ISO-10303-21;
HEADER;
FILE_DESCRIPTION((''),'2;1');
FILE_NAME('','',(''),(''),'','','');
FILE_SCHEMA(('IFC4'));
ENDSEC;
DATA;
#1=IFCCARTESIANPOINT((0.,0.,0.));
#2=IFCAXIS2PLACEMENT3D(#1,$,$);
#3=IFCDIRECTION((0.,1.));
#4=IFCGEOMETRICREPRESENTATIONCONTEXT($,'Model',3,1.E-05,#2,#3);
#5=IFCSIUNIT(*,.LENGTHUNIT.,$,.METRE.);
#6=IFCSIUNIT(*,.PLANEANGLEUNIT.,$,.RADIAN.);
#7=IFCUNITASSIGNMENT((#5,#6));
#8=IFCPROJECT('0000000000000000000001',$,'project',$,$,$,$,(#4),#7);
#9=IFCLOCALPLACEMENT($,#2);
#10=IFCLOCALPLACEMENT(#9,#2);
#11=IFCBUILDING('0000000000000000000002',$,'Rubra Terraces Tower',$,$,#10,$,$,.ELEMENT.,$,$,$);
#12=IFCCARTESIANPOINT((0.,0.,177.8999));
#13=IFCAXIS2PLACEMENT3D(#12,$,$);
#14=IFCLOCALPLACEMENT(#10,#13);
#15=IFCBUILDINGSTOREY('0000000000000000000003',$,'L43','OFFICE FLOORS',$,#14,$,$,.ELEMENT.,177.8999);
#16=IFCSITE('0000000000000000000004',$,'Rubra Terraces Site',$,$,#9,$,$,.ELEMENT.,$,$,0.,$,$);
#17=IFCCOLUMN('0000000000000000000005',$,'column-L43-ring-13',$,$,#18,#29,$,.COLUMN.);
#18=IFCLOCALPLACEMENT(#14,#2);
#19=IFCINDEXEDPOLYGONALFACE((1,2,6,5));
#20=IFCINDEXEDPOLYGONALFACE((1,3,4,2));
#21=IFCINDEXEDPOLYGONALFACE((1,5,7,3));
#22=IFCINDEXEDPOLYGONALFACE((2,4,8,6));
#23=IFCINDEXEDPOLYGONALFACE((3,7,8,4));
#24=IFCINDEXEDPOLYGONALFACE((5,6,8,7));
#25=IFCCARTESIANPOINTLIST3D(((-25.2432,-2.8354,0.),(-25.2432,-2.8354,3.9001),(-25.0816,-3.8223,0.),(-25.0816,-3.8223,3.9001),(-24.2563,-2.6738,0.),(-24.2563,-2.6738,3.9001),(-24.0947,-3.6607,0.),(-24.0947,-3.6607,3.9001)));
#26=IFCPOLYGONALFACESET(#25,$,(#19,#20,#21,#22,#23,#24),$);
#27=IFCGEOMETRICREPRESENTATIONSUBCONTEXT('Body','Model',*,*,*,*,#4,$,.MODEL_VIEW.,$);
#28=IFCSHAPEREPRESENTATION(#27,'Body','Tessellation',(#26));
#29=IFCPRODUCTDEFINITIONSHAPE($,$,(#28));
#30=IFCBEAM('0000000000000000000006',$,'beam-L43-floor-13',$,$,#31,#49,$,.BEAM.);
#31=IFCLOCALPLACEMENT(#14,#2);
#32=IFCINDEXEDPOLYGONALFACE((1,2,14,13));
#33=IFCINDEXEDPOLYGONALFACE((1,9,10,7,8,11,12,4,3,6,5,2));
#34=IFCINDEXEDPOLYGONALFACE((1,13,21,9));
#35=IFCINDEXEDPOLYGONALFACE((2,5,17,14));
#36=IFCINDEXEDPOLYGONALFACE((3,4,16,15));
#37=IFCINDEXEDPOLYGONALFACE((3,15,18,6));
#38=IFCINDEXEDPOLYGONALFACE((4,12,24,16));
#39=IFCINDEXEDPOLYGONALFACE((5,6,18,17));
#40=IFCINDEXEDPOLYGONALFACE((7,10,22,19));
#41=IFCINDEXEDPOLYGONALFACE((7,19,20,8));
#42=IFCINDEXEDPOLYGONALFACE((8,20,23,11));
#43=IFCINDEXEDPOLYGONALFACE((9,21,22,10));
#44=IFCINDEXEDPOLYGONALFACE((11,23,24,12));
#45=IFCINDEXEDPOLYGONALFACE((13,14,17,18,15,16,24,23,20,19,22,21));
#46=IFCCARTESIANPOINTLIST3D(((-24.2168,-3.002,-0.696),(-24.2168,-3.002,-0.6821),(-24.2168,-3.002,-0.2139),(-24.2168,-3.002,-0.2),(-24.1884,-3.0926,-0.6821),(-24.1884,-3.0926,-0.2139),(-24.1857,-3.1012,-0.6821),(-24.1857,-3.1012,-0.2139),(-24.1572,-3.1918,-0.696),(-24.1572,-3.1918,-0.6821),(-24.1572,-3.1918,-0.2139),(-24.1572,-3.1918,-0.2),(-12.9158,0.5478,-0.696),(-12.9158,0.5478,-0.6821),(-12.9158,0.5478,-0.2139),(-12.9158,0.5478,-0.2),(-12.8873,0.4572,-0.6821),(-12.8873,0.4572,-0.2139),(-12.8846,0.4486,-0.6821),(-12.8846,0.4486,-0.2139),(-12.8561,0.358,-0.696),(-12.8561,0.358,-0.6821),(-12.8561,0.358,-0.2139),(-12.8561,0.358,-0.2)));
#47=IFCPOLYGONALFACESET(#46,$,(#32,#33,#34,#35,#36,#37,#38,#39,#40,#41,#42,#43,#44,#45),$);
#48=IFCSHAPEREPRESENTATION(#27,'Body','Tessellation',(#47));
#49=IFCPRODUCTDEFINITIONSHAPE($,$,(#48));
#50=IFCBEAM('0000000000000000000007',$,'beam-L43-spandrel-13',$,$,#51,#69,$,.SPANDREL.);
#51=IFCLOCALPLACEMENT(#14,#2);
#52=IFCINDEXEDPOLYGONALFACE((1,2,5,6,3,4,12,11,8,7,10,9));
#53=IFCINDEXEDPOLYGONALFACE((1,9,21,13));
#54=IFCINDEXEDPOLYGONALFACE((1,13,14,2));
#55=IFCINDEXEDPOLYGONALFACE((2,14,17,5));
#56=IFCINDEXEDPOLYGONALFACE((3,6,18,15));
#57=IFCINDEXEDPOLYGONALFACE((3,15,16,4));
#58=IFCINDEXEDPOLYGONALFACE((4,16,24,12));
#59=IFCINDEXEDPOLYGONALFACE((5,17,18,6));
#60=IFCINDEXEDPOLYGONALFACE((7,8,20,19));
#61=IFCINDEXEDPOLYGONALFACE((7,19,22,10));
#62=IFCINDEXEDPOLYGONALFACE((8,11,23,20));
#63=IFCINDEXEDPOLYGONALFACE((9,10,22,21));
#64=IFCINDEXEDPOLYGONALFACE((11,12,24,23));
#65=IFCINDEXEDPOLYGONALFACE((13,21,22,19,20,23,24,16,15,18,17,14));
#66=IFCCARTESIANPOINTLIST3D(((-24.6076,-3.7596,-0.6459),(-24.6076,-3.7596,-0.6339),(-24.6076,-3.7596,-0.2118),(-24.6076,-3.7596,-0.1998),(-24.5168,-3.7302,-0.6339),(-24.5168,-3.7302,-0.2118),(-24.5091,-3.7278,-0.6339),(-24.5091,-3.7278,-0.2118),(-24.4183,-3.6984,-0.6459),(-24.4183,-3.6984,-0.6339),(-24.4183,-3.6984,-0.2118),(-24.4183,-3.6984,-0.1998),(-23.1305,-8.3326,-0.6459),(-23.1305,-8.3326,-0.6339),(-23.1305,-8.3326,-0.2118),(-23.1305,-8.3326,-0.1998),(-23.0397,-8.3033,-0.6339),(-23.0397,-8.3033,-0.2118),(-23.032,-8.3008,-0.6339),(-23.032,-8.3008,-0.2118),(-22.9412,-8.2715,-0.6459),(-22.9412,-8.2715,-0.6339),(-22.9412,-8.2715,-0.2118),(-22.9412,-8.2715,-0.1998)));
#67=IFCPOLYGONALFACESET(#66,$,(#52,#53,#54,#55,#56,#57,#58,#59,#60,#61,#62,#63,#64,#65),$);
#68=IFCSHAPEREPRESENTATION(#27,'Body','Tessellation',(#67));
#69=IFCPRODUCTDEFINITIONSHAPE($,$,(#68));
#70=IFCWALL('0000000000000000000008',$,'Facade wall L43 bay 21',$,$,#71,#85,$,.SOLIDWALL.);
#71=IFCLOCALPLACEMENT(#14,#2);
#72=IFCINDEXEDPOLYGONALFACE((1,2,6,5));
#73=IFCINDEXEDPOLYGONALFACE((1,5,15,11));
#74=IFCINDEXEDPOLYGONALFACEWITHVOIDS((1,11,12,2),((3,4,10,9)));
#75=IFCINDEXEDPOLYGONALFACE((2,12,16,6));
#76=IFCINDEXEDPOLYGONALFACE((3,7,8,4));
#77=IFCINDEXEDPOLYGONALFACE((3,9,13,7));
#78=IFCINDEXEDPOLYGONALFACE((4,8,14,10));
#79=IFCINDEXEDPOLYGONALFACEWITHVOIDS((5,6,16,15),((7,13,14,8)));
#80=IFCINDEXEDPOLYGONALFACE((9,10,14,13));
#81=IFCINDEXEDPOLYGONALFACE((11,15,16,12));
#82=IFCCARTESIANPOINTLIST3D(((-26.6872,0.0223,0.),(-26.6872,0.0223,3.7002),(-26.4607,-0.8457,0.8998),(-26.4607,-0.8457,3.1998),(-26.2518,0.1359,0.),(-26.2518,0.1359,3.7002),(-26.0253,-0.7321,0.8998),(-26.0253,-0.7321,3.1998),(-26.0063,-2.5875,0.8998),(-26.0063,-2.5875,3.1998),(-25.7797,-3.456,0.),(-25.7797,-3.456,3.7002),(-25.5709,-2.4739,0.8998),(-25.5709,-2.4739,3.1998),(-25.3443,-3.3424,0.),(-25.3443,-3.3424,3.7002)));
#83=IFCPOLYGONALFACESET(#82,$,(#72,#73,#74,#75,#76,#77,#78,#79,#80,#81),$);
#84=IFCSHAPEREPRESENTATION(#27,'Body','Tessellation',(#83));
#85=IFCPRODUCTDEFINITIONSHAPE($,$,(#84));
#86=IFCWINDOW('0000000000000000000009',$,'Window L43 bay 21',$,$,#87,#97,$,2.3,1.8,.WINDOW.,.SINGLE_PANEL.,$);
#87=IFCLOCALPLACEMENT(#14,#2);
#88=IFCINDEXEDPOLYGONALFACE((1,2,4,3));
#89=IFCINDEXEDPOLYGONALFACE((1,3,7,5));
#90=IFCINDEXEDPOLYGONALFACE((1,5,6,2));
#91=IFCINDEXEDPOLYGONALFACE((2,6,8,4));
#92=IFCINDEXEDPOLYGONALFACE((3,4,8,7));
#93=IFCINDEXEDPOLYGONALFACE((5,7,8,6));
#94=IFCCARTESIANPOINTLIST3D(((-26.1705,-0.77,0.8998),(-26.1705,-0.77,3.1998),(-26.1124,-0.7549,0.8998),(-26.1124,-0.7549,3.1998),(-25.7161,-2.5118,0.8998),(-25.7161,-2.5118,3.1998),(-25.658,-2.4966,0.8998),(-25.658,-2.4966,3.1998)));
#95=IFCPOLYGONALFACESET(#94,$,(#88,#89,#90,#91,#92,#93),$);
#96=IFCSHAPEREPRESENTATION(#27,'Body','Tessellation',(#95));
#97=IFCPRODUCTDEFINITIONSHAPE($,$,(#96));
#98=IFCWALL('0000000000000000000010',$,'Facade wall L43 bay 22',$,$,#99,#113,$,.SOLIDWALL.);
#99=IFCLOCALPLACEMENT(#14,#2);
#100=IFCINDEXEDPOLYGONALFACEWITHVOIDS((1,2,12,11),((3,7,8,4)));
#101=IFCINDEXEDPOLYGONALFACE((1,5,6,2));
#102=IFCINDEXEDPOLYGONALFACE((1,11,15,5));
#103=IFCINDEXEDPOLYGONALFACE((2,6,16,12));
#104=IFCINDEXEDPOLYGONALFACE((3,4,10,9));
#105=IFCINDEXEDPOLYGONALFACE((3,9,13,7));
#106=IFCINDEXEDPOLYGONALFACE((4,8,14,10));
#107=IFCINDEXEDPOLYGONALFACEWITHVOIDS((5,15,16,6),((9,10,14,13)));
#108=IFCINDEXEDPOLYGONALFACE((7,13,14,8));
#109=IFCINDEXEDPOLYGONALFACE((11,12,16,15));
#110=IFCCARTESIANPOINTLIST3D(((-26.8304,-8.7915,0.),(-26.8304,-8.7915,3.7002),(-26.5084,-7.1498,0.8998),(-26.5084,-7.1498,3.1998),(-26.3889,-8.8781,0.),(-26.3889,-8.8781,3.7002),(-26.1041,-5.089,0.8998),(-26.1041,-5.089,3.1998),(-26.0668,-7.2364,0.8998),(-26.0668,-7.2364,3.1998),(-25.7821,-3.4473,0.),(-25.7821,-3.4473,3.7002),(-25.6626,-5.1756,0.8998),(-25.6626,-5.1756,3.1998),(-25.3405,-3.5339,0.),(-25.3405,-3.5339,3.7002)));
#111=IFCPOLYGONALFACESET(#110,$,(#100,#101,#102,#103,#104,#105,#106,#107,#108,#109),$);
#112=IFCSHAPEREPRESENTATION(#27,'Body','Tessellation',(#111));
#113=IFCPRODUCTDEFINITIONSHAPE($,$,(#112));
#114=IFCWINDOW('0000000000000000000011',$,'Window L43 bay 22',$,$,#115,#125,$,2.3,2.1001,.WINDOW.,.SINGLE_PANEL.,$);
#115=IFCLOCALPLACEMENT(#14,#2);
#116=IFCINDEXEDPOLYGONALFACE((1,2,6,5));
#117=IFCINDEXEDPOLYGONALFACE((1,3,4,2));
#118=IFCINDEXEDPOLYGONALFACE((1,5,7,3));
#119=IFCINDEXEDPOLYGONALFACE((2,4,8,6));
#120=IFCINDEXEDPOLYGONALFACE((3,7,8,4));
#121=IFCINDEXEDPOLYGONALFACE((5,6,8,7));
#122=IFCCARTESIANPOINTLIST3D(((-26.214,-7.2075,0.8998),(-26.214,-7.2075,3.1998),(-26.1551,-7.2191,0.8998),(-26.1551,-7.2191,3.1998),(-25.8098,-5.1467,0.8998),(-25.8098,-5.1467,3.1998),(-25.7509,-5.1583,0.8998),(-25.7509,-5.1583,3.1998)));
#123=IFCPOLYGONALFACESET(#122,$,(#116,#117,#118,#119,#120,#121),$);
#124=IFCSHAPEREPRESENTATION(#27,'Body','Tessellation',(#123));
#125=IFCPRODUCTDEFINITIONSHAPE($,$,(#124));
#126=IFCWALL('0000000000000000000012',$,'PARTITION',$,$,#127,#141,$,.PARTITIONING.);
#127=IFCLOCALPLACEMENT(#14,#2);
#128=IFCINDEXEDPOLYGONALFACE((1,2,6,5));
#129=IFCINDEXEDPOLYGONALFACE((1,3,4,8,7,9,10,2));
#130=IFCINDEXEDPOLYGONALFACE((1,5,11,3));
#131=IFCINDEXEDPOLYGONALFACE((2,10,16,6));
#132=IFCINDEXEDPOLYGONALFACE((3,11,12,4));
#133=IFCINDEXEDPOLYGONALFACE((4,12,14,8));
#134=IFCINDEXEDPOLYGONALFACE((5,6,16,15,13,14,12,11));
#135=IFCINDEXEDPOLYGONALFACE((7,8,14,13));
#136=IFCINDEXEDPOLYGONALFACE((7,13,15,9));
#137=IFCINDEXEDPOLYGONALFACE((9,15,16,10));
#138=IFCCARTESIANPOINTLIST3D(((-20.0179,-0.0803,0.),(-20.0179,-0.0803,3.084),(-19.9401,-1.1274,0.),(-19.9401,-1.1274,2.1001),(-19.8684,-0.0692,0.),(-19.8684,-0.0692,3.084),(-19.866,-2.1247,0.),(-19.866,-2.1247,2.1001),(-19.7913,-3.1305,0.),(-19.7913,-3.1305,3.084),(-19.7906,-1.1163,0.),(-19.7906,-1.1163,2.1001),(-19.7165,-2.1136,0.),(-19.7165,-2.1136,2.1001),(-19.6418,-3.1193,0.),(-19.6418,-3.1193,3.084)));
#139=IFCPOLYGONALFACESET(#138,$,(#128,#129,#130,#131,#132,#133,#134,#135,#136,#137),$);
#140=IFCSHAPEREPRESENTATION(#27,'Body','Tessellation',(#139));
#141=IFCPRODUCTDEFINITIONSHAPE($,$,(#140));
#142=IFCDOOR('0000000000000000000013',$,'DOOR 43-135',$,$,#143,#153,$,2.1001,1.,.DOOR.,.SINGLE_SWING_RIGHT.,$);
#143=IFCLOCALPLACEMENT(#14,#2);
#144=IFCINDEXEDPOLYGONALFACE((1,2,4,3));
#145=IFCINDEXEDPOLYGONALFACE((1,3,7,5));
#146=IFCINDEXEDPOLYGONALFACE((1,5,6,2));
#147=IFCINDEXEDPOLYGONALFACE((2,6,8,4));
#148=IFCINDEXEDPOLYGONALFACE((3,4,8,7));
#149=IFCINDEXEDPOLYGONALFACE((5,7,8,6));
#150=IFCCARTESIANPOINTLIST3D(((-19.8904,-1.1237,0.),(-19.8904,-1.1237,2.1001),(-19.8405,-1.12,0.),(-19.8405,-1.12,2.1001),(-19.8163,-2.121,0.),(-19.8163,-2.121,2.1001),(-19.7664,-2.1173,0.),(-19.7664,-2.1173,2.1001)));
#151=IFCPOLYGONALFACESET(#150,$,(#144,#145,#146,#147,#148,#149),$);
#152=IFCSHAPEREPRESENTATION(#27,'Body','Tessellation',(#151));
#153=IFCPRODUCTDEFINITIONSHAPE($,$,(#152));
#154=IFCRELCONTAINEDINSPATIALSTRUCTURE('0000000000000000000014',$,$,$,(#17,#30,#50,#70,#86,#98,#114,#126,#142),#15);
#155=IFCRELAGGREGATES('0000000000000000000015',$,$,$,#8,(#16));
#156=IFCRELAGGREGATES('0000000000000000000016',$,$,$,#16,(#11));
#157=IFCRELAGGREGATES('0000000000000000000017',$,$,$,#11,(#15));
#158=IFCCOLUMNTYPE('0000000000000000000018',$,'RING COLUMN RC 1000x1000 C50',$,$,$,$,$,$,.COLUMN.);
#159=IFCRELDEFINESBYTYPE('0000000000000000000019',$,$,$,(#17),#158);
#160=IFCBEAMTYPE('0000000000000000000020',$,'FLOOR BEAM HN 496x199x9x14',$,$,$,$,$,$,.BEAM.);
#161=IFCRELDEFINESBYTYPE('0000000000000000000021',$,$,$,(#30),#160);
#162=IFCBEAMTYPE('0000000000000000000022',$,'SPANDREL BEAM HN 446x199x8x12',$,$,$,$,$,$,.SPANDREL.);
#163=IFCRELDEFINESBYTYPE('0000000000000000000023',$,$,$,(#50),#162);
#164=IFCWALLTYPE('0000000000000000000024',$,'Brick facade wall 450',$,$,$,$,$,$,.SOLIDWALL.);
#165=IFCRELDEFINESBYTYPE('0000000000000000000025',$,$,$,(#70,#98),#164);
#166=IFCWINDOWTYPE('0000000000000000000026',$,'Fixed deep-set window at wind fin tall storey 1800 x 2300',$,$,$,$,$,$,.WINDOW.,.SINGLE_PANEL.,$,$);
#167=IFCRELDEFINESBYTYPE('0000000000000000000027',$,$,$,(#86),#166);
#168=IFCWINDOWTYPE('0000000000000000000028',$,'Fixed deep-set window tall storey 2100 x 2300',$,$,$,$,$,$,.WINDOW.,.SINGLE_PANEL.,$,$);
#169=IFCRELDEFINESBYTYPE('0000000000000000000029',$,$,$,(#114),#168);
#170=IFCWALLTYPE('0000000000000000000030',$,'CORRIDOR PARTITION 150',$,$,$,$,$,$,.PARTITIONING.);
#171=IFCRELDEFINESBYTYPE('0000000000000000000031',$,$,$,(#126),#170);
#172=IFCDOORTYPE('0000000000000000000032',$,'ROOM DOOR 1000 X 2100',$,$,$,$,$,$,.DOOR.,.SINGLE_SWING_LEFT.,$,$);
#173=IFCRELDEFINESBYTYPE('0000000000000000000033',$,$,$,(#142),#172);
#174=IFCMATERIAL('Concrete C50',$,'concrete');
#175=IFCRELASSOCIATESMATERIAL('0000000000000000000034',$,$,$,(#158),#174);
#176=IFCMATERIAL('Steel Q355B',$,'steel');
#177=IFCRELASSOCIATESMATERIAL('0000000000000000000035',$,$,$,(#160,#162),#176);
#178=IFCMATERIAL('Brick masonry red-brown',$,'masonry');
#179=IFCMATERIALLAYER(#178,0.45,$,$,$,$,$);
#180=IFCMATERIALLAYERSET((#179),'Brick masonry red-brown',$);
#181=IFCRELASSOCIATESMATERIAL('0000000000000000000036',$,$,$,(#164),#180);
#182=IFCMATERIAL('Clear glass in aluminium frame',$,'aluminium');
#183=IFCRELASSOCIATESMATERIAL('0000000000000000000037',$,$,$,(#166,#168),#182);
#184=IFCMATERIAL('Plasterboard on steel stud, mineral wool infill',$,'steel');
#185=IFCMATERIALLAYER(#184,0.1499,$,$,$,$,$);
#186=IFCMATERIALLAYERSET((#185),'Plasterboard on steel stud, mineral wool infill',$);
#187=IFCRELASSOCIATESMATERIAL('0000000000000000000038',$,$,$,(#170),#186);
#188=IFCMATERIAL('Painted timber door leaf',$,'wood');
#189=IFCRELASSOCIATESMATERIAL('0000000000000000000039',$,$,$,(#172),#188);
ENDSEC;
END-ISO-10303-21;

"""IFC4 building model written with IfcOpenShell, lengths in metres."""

from ifc_helpers import new_model, si_unit, direction, frame, frame_2d, origin, origin_2d, place, context, subcontext, project, spatial, rectangle, i_section, extrude, material, layer, layer_set, material_profile, profile_set, type_object, element, fill, save


model = new_model("IFC4")

# Units and contexts
model_context = context("Model", 3, precision=1e-05, world=origin(), true_north=direction((0.0, 1.0)))
body_context = subcontext(model_context, "Body", "Model", "MODEL_VIEW")
ifc_project = project(units=[si_unit("LENGTHUNIT", "METRE"), si_unit("PLANEANGLEUNIT", "RADIAN")], contexts=[model_context])

# Site, building, storey
site_placement = place(None, origin())
site = spatial("IfcSite", under=ifc_project, at=site_placement, Name="Rubra Terraces Site", CompositionType="ELEMENT", RefElevation=0.0)
building_placement = place(site_placement, origin())
building = spatial("IfcBuilding", under=site, at=building_placement, Name="Rubra Terraces Tower", CompositionType="ELEMENT")
storey_placement = place(building_placement, frame((0.0, 0.0, 177.8999)))
storey = spatial("IfcBuildingStorey", under=building, at=storey_placement, Name="L43", Description="OFFICE FLOORS", CompositionType="ELEMENT", Elevation=177.8999)

# Column
ifc_material_1 = material(Name="Concrete C50", Category="concrete")
ifc_material_profile_1 = material_profile(ifc_material_1, rectangle(XDim=1.0, YDim=1.0, at=origin_2d()), Name="RC 1000x1000")
ifc_profile_set_1 = profile_set([ifc_material_profile_1], Name="Concrete C50")
column_type = type_object("IfcColumnType", Name="RING COLUMN RC 1000x1000 C50", PredefinedType="COLUMN", material=ifc_profile_set_1)
column_placement = place(storey_placement, frame((-24.6689, -3.248, 0.0), z_axis=(0.0, 0.0, 1.0), x_axis=(0.161559, -0.986863, 0.0)))
element("IfcColumn", 1, at=column_placement, inside=storey, type_object=column_type, Name="column-L43-ring-13", PredefinedType="COLUMN", context=body_context, shape_type="SweptSolid", body=[
    extrude(rectangle(XDim=1.0, YDim=1.0, at=origin_2d()), origin(), (0.0, 0.0, 1.0), 3.9001),
])

# Beams
ifc_material_2 = material(Name="Steel Q355B", Category="steel")
ifc_material_profile_2 = material_profile(ifc_material_2, i_section(OverallWidth=0.199, OverallDepth=0.4961, WebThickness=0.009, FlangeThickness=0.0139, at=origin_2d()), Name="HN 496x199x9x14")
ifc_profile_set_2 = profile_set([ifc_material_profile_2], Name="Steel Q355B")
beam_type_1 = type_object("IfcBeamType", Name="FLOOR BEAM HN 496x199x9x14", PredefinedType="BEAM", material=ifc_profile_set_2)
beam_1_placement = place(storey_placement, frame((-24.187, -3.0969, -0.448), z_axis=(0.954041, 0.299677, 0.0), x_axis=(-0.299677, 0.954041, 0.0)))
element("IfcBeam", 2, at=beam_1_placement, inside=storey, type_object=beam_type_1, Name="beam-L43-floor-13", PredefinedType="BEAM", context=body_context, shape_type="SweptSolid", body=[
    extrude(i_section(OverallWidth=0.199, OverallDepth=0.4961, WebThickness=0.009, FlangeThickness=0.0139, at=origin_2d()), origin(), (0.0, 0.0, 1.0), 11.8455),
])
ifc_material_profile_3 = material_profile(ifc_material_2, i_section(OverallWidth=0.199, OverallDepth=0.446, WebThickness=0.0081, FlangeThickness=0.012, at=origin_2d()), Name="HN 446x199x8x12")
ifc_profile_set_3 = profile_set([ifc_material_profile_3], Name="Steel Q355B")
beam_type_2 = type_object("IfcBeamType", Name="SPANDREL BEAM HN 446x199x8x12", PredefinedType="SPANDREL", material=ifc_profile_set_3)
beam_2_placement = place(storey_placement, frame((-24.5129, -3.729, -0.4229), z_axis=(0.307359, -0.951594, 0.0), x_axis=(0.951594, 0.307359, 0.0)))
element("IfcBeam", 3, at=beam_2_placement, inside=storey, type_object=beam_type_2, Name="beam-L43-spandrel-13", PredefinedType="SPANDREL", context=body_context, shape_type="SweptSolid", body=[
    extrude(i_section(OverallWidth=0.199, OverallDepth=0.446, WebThickness=0.0081, FlangeThickness=0.012, at=origin_2d()), origin(), (0.0, 0.0, 1.0), 4.8057),
])

# Walls, openings, windows
ifc_material_3 = material(Name="Brick masonry red-brown", Category="masonry")
ifc_layer_1 = layer(ifc_material_3, 0.45)
ifc_layer_set_1 = layer_set([ifc_layer_1], Name="Brick masonry red-brown")
wall_type_1 = type_object("IfcWallType", Name="Brick facade wall 450", PredefinedType="SOLIDWALL", material=ifc_layer_set_1)
wall_1_placement = place(storey_placement, frame((-26.4695, 0.0791, 0.0), z_axis=(0.0, 0.0, 1.0), x_axis=(0.252447, -0.967611, 0.0)))
wall_1 = element("IfcWall", 4, at=wall_1_placement, inside=storey, type_object=wall_type_1, Name="Facade wall L43 bay 21", PredefinedType="SOLIDWALL", context=body_context, shape_type="SweptSolid", body=[
    extrude(rectangle(XDim=3.5947, YDim=0.45, at=frame_2d((1.7974, 0.0))), origin(), (0.0, 0.0, 1.0), 3.7002),
])
opening_1_placement = place(wall_1_placement, frame((0.8972, 0.0, 0.8999)))
opening_1 = element("IfcOpeningElement", 5, at=opening_1_placement, cuts=wall_1, PredefinedType="OPENING", context=body_context, shape_type="SweptSolid", body=[
    extrude(rectangle(XDim=1.8, YDim=2.3, at=frame_2d((0.8999, 1.1499))), frame((0.0, 0.2349, 0.0), z_axis=(0.0, -1.0, 0.0), x_axis=(1.0, 0.0, 0.0)), (0.0, 0.0, 1.0), 0.47),
])
ifc_material_4 = material(Name="Clear glass in aluminium frame", Category="aluminium")
window_type_1 = type_object("IfcWindowType", Name="Fixed deep-set window at wind fin tall storey 1800 x 2300", PartitioningType="SINGLE_PANEL", PredefinedType="WINDOW", material=ifc_material_4)
window_1_placement = place(opening_1_placement, origin())
window_1 = element("IfcWindow", 6, at=window_1_placement, inside=storey, type_object=window_type_1, Name="Window L43 bay 21", OverallHeight=2.3, OverallWidth=1.8, PartitioningType="SINGLE_PANEL", PredefinedType="WINDOW", context=body_context, shape_type="SweptSolid", body=[
    extrude(rectangle(XDim=1.8, YDim=2.3, at=frame_2d((0.8999, 1.1499))), frame((0.0, 0.135, 0.0), z_axis=(0.0, -1.0, 0.0), x_axis=(1.0, 0.0, 0.0)), (0.0, 0.0, 1.0), 0.0601),
])
fill(opening_1, window_1)
wall_2_placement = place(storey_placement, frame((-25.5613, -3.4905, 0.0), z_axis=(0.0, 0.0, 1.0), x_axis=(-0.192494, -0.981298, 0.0)))
wall_2 = element("IfcWall", 7, at=wall_2_placement, inside=storey, type_object=wall_type_1, Name="Facade wall L43 bay 22", PredefinedType="SOLIDWALL", context=body_context, shape_type="SweptSolid", body=[
    extrude(rectangle(XDim=5.446, YDim=0.45, at=frame_2d((2.7231, 0.0))), origin(), (0.0, 0.0, 1.0), 3.7002),
])
opening_2_placement = place(wall_2_placement, frame((1.6731, 0.0, 0.8999)))
opening_2 = element("IfcOpeningElement", 8, at=opening_2_placement, cuts=wall_2, PredefinedType="OPENING", context=body_context, shape_type="SweptSolid", body=[
    extrude(rectangle(XDim=2.1001, YDim=2.3, at=frame_2d((1.05, 1.1499))), frame((0.0, 0.2349, 0.0), z_axis=(0.0, -1.0, 0.0), x_axis=(1.0, 0.0, 0.0)), (0.0, 0.0, 1.0), 0.47),
])
window_type_2 = type_object("IfcWindowType", Name="Fixed deep-set window tall storey 2100 x 2300", PartitioningType="SINGLE_PANEL", PredefinedType="WINDOW", material=ifc_material_4)
window_2_placement = place(opening_2_placement, origin())
window_2 = element("IfcWindow", 9, at=window_2_placement, inside=storey, type_object=window_type_2, Name="Window L43 bay 22", OverallHeight=2.3, OverallWidth=2.1001, PartitioningType="SINGLE_PANEL", PredefinedType="WINDOW", context=body_context, shape_type="SweptSolid", body=[
    extrude(rectangle(XDim=2.1001, YDim=2.3, at=frame_2d((1.05, 1.1499))), frame((0.0, 0.135, 0.0), z_axis=(0.0, -1.0, 0.0), x_axis=(1.0, 0.0, 0.0)), (0.0, 0.0, 1.0), 0.0601),
])
fill(opening_2, window_2)

# Wall, opening, door
ifc_material_5 = material(Name="Plasterboard on steel stud, mineral wool infill", Category="steel")
ifc_layer_2 = layer(ifc_material_5, 0.1499)
ifc_layer_set_2 = layer_set([ifc_layer_2], Name="Plasterboard on steel stud, mineral wool infill")
wall_type_2 = type_object("IfcWallType", Name="CORRIDOR PARTITION 150", PredefinedType="PARTITIONING", material=ifc_layer_set_2)
wall_3_placement = place(storey_placement, frame((-19.9431, -0.0747, 0.0), z_axis=(0.0, 0.0, 1.0), x_axis=(0.074072, -0.997253, 0.0)))
wall_3 = element("IfcWall", 10, at=wall_3_placement, inside=storey, type_object=wall_type_2, Name="PARTITION", PredefinedType="PARTITIONING", context=body_context, shape_type="SweptSolid", body=[
    extrude(rectangle(XDim=3.0586, YDim=0.1499, at=frame_2d((1.5293, 0.0))), origin(), (0.0, 0.0, 1.0), 3.084),
])
opening_3_placement = place(wall_3_placement, frame((1.05, 0.0, 0.0)))
opening_3 = element("IfcOpeningElement", 11, at=opening_3_placement, cuts=wall_3, PredefinedType="OPENING", context=body_context, shape_type="SweptSolid", body=[
    extrude(rectangle(XDim=1.0, YDim=2.1001, at=frame_2d((0.5, 1.05))), frame((0.0, 0.085, 0.0), z_axis=(0.0, -1.0, 0.0), x_axis=(1.0, 0.0, 0.0)), (0.0, 0.0, 1.0), 0.1699),
])
ifc_material_6 = material(Name="Painted timber door leaf", Category="wood")
door_type_1 = type_object("IfcDoorType", Name="ROOM DOOR 1000 X 2100", OperationType="SINGLE_SWING_LEFT", PredefinedType="DOOR", material=ifc_material_6)
door_1_placement = place(opening_3_placement, origin())
door_1 = element("IfcDoor", 12, at=door_1_placement, inside=storey, type_object=door_type_1, Name="DOOR 43-135", OperationType="SINGLE_SWING_RIGHT", OverallHeight=2.1001, OverallWidth=1.0, PredefinedType="DOOR", context=body_context, shape_type="SweptSolid", body=[
    extrude(rectangle(XDim=1.0, YDim=2.1001, at=frame_2d((0.5, 1.05))), frame((0.0, 0.0249, 0.0), z_axis=(0.0, -1.0, 0.0), x_axis=(1.0, 0.0, 0.0)), (0.0, 0.0, 1.0), 0.05),
])
fill(opening_3, door_1)

save(model, "model.ifc")
